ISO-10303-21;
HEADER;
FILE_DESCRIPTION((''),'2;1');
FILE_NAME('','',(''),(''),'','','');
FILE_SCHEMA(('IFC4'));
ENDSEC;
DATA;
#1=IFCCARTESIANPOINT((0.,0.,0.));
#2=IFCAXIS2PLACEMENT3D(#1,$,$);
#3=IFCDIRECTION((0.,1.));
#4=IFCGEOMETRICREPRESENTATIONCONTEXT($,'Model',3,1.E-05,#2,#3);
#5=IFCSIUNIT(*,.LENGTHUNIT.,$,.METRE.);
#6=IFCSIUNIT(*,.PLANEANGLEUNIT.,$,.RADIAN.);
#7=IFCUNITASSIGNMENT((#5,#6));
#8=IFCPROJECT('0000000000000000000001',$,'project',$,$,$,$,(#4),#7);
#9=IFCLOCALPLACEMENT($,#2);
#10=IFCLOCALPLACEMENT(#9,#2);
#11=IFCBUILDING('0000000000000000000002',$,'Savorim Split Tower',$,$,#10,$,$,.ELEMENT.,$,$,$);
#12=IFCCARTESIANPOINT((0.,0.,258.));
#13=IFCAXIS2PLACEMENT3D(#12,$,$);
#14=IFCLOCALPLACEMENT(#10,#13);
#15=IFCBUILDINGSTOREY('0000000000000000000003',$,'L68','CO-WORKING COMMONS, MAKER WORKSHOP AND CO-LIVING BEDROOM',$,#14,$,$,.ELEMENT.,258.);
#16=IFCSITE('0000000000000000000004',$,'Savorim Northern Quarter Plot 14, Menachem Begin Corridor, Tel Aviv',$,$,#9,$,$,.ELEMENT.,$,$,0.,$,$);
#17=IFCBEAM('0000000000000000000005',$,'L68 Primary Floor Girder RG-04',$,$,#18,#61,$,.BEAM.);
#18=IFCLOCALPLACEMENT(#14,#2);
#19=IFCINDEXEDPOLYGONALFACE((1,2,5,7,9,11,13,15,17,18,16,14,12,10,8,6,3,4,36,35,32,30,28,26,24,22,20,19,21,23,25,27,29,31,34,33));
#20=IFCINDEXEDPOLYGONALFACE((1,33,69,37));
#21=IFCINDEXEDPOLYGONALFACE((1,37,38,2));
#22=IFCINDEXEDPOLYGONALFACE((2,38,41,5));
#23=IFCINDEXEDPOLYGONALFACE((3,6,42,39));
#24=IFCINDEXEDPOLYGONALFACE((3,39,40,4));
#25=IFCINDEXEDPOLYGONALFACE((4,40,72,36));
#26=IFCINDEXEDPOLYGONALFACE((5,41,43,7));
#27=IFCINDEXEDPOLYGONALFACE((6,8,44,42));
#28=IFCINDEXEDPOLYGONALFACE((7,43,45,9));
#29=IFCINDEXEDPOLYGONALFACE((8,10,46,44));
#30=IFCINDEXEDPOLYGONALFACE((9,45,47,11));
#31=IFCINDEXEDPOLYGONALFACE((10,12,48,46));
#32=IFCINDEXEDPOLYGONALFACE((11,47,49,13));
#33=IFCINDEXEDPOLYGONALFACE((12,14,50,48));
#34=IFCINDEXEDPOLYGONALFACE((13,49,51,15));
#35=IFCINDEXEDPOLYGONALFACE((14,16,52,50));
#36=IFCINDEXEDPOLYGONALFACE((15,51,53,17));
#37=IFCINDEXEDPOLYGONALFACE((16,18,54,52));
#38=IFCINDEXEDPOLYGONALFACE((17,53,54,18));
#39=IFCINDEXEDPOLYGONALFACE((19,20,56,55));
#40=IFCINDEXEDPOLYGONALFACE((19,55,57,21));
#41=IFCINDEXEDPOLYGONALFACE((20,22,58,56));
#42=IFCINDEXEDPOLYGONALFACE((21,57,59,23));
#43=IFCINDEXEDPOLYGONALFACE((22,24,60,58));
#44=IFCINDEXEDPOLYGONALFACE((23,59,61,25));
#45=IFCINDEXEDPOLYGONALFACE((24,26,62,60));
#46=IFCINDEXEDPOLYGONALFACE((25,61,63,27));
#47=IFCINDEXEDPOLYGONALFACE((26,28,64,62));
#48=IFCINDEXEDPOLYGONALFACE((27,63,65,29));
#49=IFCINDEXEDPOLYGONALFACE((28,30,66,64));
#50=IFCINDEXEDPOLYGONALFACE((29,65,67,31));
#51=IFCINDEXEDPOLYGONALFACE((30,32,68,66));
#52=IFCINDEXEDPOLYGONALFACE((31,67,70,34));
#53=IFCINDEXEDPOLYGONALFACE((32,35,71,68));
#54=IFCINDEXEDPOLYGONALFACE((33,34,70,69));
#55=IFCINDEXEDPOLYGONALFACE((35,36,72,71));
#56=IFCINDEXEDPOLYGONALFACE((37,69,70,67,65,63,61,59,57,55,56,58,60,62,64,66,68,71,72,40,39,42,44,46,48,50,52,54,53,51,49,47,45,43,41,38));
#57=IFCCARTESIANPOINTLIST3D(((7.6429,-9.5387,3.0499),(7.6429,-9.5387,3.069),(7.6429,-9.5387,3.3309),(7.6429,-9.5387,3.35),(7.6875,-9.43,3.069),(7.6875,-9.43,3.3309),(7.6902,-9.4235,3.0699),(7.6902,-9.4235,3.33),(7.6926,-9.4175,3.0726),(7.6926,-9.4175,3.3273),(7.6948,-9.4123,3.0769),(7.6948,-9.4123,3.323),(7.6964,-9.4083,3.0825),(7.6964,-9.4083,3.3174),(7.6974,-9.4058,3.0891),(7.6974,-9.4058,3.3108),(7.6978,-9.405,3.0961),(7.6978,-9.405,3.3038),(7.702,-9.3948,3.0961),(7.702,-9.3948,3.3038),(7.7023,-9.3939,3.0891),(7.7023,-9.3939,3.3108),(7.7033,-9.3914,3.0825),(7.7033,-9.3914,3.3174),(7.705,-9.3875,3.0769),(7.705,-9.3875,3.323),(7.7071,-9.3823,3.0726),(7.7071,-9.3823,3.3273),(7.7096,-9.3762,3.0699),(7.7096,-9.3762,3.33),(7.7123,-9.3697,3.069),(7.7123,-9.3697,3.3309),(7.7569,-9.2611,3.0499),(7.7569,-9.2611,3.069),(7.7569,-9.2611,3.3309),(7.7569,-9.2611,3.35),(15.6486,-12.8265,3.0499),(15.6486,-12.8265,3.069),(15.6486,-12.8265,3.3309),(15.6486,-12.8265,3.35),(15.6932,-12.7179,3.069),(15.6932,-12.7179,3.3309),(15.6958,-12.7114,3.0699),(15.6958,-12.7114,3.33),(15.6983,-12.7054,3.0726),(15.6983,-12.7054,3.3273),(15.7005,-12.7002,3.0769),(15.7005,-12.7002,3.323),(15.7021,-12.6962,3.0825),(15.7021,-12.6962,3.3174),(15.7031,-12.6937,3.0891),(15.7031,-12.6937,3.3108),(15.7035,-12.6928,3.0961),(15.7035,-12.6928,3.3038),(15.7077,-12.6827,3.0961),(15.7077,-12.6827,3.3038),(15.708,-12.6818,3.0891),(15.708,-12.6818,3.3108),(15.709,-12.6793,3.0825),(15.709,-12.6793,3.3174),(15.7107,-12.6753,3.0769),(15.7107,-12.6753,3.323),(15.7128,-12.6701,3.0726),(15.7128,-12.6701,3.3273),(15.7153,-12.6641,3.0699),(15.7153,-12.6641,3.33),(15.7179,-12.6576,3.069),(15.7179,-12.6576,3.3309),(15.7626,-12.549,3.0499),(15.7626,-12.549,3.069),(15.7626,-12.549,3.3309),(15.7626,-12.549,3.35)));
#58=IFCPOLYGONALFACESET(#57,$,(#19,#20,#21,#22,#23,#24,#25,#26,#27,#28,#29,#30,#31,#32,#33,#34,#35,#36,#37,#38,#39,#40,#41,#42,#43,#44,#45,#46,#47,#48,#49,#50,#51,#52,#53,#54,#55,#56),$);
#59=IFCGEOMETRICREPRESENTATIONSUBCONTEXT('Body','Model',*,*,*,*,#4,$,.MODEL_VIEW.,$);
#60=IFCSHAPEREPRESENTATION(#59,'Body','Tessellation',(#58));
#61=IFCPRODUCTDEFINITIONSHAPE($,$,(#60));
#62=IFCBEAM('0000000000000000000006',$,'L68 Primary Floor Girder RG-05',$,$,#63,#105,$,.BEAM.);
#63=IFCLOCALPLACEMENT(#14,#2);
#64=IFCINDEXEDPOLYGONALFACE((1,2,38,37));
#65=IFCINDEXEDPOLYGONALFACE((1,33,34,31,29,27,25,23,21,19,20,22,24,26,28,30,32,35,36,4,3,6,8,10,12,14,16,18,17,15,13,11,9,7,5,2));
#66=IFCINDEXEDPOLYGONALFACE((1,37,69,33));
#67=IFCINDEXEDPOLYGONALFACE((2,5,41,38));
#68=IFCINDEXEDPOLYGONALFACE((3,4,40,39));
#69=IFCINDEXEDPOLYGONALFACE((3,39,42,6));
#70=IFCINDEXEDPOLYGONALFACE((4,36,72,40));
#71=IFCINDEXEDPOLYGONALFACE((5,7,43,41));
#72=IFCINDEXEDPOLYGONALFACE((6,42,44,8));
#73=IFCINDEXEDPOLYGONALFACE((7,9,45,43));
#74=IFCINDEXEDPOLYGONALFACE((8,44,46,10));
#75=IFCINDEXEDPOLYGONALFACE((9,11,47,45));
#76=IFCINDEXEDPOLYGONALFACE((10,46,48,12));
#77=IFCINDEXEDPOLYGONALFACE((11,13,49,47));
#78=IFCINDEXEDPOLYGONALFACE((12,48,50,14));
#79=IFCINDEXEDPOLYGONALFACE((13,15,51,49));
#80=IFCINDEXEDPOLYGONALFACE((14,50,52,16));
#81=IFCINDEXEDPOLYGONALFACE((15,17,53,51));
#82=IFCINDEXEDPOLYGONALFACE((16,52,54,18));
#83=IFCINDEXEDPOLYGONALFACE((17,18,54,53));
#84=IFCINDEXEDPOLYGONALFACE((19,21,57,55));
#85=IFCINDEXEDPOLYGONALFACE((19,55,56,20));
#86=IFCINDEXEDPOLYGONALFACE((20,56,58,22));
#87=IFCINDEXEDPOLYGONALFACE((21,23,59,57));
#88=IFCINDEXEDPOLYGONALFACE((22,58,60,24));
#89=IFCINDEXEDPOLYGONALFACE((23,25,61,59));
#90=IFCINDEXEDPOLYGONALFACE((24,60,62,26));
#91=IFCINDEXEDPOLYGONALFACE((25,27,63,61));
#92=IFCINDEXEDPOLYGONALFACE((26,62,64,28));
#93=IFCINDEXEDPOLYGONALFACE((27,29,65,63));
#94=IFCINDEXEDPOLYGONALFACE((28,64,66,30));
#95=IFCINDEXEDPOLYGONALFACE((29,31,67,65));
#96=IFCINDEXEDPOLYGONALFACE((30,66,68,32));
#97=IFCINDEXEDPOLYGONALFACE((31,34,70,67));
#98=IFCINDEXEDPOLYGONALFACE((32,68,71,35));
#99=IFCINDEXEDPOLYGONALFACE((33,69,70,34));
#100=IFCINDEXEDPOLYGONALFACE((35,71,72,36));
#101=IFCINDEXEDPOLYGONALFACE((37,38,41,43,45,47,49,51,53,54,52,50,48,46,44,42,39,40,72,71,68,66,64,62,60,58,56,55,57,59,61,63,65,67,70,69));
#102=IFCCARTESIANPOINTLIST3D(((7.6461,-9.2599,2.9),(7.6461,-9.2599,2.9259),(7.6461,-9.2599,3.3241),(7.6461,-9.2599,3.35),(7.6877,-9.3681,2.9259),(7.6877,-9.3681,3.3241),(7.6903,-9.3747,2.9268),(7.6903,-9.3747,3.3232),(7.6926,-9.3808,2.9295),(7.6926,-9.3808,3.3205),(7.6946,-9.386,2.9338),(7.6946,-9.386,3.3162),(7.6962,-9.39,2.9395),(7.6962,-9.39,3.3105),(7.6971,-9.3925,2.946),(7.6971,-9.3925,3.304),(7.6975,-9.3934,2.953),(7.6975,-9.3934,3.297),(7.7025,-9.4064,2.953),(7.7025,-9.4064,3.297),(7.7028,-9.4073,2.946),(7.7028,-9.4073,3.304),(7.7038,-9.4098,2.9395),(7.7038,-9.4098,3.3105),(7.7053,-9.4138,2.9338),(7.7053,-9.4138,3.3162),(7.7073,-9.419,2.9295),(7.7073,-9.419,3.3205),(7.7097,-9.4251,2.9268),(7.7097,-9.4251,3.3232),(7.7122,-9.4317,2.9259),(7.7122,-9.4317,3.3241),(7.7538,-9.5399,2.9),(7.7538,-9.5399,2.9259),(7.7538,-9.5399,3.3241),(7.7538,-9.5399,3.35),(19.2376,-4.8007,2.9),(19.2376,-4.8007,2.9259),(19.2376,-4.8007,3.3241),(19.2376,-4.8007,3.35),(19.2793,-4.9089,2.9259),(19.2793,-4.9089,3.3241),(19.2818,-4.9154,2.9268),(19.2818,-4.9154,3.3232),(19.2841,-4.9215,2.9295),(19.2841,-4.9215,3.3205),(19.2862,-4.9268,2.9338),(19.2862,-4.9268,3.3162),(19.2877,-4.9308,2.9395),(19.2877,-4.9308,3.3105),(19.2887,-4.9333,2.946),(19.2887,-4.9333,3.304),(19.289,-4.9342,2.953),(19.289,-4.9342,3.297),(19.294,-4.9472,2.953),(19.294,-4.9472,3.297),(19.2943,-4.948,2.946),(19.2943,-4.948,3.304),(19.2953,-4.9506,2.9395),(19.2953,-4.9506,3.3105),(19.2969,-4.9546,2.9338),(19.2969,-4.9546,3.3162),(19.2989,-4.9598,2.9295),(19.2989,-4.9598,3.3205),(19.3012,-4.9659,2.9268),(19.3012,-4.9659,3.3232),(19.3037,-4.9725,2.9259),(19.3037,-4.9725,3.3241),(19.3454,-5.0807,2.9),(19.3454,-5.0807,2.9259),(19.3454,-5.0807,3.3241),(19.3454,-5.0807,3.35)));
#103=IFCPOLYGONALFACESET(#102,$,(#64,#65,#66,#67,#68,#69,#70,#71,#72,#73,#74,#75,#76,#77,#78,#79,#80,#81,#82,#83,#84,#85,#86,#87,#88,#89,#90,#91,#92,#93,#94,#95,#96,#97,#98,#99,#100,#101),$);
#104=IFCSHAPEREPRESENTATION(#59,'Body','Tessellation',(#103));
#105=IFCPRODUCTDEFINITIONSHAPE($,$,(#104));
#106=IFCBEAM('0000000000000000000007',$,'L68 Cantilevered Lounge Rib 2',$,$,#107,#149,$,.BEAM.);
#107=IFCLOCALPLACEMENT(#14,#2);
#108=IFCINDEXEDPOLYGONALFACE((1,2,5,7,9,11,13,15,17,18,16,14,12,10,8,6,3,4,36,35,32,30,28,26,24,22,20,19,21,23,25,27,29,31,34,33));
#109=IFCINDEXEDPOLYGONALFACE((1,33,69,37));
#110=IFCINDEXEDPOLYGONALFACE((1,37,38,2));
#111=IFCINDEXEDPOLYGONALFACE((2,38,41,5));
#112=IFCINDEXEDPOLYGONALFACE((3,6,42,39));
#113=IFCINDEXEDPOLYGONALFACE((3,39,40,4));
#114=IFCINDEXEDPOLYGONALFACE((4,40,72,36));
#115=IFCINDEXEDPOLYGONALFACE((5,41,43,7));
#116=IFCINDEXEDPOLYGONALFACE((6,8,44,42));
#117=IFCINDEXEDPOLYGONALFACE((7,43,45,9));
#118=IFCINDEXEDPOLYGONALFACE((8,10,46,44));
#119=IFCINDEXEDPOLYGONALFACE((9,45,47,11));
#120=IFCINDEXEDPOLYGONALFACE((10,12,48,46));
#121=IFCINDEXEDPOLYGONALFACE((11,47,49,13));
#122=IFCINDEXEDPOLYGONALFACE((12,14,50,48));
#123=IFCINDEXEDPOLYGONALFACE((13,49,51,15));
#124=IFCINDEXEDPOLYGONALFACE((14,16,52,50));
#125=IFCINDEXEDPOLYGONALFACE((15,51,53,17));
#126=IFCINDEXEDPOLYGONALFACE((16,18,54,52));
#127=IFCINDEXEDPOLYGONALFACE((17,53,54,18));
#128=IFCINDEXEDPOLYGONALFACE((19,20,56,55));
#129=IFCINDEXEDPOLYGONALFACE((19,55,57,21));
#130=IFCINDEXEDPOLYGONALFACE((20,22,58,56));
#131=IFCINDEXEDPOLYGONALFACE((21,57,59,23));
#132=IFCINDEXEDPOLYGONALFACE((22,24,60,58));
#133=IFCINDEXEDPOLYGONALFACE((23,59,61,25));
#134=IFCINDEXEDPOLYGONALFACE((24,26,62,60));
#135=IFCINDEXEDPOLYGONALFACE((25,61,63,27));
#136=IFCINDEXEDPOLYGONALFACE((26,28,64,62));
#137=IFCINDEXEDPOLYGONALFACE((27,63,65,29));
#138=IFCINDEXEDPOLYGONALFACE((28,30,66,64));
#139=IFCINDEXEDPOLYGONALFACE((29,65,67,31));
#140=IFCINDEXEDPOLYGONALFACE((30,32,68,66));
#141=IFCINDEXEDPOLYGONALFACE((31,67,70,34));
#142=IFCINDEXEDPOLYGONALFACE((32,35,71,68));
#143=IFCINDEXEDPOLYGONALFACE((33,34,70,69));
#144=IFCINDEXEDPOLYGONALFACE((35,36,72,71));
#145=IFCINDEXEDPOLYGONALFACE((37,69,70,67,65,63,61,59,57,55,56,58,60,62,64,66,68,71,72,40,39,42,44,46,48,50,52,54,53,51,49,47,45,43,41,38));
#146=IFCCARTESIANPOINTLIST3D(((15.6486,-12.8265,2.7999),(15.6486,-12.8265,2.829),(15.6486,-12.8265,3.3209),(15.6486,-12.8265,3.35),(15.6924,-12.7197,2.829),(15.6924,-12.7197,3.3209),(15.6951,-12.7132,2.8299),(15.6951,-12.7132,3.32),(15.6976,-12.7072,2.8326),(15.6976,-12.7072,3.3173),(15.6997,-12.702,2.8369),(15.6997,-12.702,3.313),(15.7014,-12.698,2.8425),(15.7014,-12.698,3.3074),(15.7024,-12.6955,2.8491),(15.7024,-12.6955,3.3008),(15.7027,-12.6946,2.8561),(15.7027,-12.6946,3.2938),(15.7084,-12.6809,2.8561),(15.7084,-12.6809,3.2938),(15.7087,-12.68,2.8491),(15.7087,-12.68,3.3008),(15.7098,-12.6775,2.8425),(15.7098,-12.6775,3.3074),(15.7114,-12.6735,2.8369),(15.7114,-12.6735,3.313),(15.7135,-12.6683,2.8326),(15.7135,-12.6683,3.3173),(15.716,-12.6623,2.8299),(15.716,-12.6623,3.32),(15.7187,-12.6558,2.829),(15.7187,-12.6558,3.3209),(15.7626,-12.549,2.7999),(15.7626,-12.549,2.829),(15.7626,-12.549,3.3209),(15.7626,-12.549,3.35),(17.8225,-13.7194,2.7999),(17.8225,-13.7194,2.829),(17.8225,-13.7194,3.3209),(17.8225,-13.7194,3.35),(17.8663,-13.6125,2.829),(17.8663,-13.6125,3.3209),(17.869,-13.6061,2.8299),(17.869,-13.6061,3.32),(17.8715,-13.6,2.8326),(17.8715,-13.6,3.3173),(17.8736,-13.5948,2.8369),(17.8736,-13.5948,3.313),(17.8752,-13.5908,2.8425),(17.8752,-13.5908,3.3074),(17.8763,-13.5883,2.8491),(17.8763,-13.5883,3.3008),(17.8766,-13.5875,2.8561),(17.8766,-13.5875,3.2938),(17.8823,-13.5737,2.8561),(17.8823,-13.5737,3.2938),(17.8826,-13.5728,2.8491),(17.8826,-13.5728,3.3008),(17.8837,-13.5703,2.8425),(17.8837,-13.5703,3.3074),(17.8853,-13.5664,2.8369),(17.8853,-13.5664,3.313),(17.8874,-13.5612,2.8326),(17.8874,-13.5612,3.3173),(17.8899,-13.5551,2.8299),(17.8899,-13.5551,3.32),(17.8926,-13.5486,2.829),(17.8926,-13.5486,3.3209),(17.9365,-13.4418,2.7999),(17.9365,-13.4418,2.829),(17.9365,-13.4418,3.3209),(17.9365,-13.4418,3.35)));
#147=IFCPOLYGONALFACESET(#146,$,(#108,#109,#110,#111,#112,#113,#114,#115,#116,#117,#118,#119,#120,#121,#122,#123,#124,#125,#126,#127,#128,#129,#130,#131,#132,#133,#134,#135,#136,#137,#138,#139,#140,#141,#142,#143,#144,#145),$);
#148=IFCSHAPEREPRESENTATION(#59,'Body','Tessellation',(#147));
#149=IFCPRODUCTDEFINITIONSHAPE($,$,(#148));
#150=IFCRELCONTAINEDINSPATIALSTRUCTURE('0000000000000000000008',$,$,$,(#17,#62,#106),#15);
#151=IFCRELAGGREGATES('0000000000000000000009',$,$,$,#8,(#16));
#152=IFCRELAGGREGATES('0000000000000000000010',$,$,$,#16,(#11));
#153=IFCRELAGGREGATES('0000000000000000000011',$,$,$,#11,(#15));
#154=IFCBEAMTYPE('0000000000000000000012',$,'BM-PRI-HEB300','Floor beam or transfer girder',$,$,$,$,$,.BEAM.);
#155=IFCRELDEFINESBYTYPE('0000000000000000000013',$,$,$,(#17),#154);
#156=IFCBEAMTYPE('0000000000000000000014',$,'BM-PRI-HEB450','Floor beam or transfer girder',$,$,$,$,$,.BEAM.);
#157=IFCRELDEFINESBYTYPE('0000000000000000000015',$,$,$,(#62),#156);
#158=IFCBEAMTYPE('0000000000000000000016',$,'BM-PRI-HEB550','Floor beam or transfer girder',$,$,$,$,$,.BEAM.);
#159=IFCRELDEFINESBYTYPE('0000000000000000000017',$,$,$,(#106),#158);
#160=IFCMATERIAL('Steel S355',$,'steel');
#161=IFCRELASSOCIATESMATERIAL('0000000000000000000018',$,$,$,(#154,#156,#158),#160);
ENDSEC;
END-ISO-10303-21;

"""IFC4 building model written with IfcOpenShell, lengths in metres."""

from ifc_helpers import new_model, si_unit, direction, frame, origin, origin_2d, place, context, subcontext, project, spatial, i_section, extrude, material, material_profile, profile_set, type_object, element, save


model = new_model("IFC4")

# Units and contexts
model_context = context("Model", 3, precision=1e-05, world=origin(), true_north=direction((0.0, 1.0)))
body_context = subcontext(model_context, "Body", "Model", "MODEL_VIEW")
ifc_project = project(units=[si_unit("LENGTHUNIT", "METRE"), si_unit("PLANEANGLEUNIT", "RADIAN")], contexts=[model_context])

# Site, building, storey
site_placement = place(None, origin())
site = spatial("IfcSite", under=ifc_project, at=site_placement, Name="Savorim Northern Quarter Plot 14, Menachem Begin Corridor, Tel Aviv", CompositionType="ELEMENT", RefElevation=0.0)
building_placement = place(site_placement, origin())
building = spatial("IfcBuilding", under=site, at=building_placement, Name="Savorim Split Tower", CompositionType="ELEMENT")
storey_placement = place(building_placement, frame((0.0, 0.0, 258.0)))
storey = spatial("IfcBuildingStorey", under=building, at=storey_placement, Name="L68", Description="CO-WORKING COMMONS, MAKER WORKSHOP AND CO-LIVING BEDROOM", CompositionType="ELEMENT", Elevation=258.0)

# Shared definitions
ifc_material_1 = material(Name="Steel S355", Category="steel")

# Beams
ifc_material_profile_1 = material_profile(ifc_material_1, i_section(OverallWidth=0.3, OverallDepth=0.3, WebThickness=0.011, FlangeThickness=0.019, FilletRadius=0.0271, at=origin_2d()), Name="HEB 300")
ifc_profile_set_1 = profile_set([ifc_material_profile_1], Name="Steel S355")
beam_type_1 = type_object("IfcBeamType", Name="BM-PRI-HEB300", Description="Floor beam or transfer girder", PredefinedType="BEAM", material=ifc_profile_set_1)
beam_1_placement = place(storey_placement, frame((15.7056, -12.6877, 3.2), z_axis=(-0.925027, 0.379901, 0.0), x_axis=(-0.379901, -0.925027, 0.0)))
element("IfcBeam", 1, at=beam_1_placement, inside=storey, type_object=beam_type_1, Name="L68 Primary Floor Girder RG-04", PredefinedType="BEAM", context=body_context, shape_type="SweptSolid", body=[
    extrude(i_section(OverallWidth=0.3, OverallDepth=0.3, WebThickness=0.011, FlangeThickness=0.019, FilletRadius=0.0271, at=origin_2d()), origin(), (0.0, 0.0, 1.0), 8.6545),
])
ifc_material_profile_2 = material_profile(ifc_material_1, i_section(OverallWidth=0.3, OverallDepth=0.45, WebThickness=0.0139, FlangeThickness=0.0259, FilletRadius=0.0271, at=origin_2d()), Name="HEB 450")
ifc_profile_set_2 = profile_set([ifc_material_profile_2], Name="Steel S355")
beam_type_2 = type_object("IfcBeamType", Name="BM-PRI-HEB450", Description="Floor beam or transfer girder", PredefinedType="BEAM", material=ifc_profile_set_2)
beam_2_placement = place(storey_placement, frame((19.2915, -4.9407, 3.125), z_axis=(-0.93332, -0.359045, 0.0), x_axis=(0.359045, -0.93332, 0.0)))
element("IfcBeam", 2, at=beam_2_placement, inside=storey, type_object=beam_type_2, Name="L68 Primary Floor Girder RG-05", PredefinedType="BEAM", context=body_context, shape_type="SweptSolid", body=[
    extrude(i_section(OverallWidth=0.3, OverallDepth=0.45, WebThickness=0.0139, FlangeThickness=0.0259, FilletRadius=0.0271, at=origin_2d()), origin(), (0.0, 0.0, 1.0), 12.4197),
])
ifc_material_profile_3 = material_profile(ifc_material_1, i_section(OverallWidth=0.3, OverallDepth=0.55, WebThickness=0.0149, FlangeThickness=0.0291, FilletRadius=0.0271, at=origin_2d()), Name="HEB 550")
ifc_profile_set_3 = profile_set([ifc_material_profile_3], Name="Steel S355")
beam_type_3 = type_object("IfcBeamType", Name="BM-PRI-HEB550", Description="Floor beam or transfer girder", PredefinedType="BEAM", material=ifc_profile_set_3)
beam_3_placement = place(storey_placement, frame((15.7056, -12.6877, 3.075), z_axis=(0.92502, -0.379919, 0.0), x_axis=(0.379919, 0.92502, 0.0)))
element("IfcBeam", 3, at=beam_3_placement, inside=storey, type_object=beam_type_3, Name="L68 Cantilevered Lounge Rib 2", PredefinedType="BEAM", context=body_context, shape_type="SweptSolid", body=[
    extrude(i_section(OverallWidth=0.3, OverallDepth=0.55, WebThickness=0.0149, FlangeThickness=0.0291, FilletRadius=0.0271, at=origin_2d()), origin(), (0.0, 0.0, 1.0), 2.3501),
])

save(model, "model.ifc")
